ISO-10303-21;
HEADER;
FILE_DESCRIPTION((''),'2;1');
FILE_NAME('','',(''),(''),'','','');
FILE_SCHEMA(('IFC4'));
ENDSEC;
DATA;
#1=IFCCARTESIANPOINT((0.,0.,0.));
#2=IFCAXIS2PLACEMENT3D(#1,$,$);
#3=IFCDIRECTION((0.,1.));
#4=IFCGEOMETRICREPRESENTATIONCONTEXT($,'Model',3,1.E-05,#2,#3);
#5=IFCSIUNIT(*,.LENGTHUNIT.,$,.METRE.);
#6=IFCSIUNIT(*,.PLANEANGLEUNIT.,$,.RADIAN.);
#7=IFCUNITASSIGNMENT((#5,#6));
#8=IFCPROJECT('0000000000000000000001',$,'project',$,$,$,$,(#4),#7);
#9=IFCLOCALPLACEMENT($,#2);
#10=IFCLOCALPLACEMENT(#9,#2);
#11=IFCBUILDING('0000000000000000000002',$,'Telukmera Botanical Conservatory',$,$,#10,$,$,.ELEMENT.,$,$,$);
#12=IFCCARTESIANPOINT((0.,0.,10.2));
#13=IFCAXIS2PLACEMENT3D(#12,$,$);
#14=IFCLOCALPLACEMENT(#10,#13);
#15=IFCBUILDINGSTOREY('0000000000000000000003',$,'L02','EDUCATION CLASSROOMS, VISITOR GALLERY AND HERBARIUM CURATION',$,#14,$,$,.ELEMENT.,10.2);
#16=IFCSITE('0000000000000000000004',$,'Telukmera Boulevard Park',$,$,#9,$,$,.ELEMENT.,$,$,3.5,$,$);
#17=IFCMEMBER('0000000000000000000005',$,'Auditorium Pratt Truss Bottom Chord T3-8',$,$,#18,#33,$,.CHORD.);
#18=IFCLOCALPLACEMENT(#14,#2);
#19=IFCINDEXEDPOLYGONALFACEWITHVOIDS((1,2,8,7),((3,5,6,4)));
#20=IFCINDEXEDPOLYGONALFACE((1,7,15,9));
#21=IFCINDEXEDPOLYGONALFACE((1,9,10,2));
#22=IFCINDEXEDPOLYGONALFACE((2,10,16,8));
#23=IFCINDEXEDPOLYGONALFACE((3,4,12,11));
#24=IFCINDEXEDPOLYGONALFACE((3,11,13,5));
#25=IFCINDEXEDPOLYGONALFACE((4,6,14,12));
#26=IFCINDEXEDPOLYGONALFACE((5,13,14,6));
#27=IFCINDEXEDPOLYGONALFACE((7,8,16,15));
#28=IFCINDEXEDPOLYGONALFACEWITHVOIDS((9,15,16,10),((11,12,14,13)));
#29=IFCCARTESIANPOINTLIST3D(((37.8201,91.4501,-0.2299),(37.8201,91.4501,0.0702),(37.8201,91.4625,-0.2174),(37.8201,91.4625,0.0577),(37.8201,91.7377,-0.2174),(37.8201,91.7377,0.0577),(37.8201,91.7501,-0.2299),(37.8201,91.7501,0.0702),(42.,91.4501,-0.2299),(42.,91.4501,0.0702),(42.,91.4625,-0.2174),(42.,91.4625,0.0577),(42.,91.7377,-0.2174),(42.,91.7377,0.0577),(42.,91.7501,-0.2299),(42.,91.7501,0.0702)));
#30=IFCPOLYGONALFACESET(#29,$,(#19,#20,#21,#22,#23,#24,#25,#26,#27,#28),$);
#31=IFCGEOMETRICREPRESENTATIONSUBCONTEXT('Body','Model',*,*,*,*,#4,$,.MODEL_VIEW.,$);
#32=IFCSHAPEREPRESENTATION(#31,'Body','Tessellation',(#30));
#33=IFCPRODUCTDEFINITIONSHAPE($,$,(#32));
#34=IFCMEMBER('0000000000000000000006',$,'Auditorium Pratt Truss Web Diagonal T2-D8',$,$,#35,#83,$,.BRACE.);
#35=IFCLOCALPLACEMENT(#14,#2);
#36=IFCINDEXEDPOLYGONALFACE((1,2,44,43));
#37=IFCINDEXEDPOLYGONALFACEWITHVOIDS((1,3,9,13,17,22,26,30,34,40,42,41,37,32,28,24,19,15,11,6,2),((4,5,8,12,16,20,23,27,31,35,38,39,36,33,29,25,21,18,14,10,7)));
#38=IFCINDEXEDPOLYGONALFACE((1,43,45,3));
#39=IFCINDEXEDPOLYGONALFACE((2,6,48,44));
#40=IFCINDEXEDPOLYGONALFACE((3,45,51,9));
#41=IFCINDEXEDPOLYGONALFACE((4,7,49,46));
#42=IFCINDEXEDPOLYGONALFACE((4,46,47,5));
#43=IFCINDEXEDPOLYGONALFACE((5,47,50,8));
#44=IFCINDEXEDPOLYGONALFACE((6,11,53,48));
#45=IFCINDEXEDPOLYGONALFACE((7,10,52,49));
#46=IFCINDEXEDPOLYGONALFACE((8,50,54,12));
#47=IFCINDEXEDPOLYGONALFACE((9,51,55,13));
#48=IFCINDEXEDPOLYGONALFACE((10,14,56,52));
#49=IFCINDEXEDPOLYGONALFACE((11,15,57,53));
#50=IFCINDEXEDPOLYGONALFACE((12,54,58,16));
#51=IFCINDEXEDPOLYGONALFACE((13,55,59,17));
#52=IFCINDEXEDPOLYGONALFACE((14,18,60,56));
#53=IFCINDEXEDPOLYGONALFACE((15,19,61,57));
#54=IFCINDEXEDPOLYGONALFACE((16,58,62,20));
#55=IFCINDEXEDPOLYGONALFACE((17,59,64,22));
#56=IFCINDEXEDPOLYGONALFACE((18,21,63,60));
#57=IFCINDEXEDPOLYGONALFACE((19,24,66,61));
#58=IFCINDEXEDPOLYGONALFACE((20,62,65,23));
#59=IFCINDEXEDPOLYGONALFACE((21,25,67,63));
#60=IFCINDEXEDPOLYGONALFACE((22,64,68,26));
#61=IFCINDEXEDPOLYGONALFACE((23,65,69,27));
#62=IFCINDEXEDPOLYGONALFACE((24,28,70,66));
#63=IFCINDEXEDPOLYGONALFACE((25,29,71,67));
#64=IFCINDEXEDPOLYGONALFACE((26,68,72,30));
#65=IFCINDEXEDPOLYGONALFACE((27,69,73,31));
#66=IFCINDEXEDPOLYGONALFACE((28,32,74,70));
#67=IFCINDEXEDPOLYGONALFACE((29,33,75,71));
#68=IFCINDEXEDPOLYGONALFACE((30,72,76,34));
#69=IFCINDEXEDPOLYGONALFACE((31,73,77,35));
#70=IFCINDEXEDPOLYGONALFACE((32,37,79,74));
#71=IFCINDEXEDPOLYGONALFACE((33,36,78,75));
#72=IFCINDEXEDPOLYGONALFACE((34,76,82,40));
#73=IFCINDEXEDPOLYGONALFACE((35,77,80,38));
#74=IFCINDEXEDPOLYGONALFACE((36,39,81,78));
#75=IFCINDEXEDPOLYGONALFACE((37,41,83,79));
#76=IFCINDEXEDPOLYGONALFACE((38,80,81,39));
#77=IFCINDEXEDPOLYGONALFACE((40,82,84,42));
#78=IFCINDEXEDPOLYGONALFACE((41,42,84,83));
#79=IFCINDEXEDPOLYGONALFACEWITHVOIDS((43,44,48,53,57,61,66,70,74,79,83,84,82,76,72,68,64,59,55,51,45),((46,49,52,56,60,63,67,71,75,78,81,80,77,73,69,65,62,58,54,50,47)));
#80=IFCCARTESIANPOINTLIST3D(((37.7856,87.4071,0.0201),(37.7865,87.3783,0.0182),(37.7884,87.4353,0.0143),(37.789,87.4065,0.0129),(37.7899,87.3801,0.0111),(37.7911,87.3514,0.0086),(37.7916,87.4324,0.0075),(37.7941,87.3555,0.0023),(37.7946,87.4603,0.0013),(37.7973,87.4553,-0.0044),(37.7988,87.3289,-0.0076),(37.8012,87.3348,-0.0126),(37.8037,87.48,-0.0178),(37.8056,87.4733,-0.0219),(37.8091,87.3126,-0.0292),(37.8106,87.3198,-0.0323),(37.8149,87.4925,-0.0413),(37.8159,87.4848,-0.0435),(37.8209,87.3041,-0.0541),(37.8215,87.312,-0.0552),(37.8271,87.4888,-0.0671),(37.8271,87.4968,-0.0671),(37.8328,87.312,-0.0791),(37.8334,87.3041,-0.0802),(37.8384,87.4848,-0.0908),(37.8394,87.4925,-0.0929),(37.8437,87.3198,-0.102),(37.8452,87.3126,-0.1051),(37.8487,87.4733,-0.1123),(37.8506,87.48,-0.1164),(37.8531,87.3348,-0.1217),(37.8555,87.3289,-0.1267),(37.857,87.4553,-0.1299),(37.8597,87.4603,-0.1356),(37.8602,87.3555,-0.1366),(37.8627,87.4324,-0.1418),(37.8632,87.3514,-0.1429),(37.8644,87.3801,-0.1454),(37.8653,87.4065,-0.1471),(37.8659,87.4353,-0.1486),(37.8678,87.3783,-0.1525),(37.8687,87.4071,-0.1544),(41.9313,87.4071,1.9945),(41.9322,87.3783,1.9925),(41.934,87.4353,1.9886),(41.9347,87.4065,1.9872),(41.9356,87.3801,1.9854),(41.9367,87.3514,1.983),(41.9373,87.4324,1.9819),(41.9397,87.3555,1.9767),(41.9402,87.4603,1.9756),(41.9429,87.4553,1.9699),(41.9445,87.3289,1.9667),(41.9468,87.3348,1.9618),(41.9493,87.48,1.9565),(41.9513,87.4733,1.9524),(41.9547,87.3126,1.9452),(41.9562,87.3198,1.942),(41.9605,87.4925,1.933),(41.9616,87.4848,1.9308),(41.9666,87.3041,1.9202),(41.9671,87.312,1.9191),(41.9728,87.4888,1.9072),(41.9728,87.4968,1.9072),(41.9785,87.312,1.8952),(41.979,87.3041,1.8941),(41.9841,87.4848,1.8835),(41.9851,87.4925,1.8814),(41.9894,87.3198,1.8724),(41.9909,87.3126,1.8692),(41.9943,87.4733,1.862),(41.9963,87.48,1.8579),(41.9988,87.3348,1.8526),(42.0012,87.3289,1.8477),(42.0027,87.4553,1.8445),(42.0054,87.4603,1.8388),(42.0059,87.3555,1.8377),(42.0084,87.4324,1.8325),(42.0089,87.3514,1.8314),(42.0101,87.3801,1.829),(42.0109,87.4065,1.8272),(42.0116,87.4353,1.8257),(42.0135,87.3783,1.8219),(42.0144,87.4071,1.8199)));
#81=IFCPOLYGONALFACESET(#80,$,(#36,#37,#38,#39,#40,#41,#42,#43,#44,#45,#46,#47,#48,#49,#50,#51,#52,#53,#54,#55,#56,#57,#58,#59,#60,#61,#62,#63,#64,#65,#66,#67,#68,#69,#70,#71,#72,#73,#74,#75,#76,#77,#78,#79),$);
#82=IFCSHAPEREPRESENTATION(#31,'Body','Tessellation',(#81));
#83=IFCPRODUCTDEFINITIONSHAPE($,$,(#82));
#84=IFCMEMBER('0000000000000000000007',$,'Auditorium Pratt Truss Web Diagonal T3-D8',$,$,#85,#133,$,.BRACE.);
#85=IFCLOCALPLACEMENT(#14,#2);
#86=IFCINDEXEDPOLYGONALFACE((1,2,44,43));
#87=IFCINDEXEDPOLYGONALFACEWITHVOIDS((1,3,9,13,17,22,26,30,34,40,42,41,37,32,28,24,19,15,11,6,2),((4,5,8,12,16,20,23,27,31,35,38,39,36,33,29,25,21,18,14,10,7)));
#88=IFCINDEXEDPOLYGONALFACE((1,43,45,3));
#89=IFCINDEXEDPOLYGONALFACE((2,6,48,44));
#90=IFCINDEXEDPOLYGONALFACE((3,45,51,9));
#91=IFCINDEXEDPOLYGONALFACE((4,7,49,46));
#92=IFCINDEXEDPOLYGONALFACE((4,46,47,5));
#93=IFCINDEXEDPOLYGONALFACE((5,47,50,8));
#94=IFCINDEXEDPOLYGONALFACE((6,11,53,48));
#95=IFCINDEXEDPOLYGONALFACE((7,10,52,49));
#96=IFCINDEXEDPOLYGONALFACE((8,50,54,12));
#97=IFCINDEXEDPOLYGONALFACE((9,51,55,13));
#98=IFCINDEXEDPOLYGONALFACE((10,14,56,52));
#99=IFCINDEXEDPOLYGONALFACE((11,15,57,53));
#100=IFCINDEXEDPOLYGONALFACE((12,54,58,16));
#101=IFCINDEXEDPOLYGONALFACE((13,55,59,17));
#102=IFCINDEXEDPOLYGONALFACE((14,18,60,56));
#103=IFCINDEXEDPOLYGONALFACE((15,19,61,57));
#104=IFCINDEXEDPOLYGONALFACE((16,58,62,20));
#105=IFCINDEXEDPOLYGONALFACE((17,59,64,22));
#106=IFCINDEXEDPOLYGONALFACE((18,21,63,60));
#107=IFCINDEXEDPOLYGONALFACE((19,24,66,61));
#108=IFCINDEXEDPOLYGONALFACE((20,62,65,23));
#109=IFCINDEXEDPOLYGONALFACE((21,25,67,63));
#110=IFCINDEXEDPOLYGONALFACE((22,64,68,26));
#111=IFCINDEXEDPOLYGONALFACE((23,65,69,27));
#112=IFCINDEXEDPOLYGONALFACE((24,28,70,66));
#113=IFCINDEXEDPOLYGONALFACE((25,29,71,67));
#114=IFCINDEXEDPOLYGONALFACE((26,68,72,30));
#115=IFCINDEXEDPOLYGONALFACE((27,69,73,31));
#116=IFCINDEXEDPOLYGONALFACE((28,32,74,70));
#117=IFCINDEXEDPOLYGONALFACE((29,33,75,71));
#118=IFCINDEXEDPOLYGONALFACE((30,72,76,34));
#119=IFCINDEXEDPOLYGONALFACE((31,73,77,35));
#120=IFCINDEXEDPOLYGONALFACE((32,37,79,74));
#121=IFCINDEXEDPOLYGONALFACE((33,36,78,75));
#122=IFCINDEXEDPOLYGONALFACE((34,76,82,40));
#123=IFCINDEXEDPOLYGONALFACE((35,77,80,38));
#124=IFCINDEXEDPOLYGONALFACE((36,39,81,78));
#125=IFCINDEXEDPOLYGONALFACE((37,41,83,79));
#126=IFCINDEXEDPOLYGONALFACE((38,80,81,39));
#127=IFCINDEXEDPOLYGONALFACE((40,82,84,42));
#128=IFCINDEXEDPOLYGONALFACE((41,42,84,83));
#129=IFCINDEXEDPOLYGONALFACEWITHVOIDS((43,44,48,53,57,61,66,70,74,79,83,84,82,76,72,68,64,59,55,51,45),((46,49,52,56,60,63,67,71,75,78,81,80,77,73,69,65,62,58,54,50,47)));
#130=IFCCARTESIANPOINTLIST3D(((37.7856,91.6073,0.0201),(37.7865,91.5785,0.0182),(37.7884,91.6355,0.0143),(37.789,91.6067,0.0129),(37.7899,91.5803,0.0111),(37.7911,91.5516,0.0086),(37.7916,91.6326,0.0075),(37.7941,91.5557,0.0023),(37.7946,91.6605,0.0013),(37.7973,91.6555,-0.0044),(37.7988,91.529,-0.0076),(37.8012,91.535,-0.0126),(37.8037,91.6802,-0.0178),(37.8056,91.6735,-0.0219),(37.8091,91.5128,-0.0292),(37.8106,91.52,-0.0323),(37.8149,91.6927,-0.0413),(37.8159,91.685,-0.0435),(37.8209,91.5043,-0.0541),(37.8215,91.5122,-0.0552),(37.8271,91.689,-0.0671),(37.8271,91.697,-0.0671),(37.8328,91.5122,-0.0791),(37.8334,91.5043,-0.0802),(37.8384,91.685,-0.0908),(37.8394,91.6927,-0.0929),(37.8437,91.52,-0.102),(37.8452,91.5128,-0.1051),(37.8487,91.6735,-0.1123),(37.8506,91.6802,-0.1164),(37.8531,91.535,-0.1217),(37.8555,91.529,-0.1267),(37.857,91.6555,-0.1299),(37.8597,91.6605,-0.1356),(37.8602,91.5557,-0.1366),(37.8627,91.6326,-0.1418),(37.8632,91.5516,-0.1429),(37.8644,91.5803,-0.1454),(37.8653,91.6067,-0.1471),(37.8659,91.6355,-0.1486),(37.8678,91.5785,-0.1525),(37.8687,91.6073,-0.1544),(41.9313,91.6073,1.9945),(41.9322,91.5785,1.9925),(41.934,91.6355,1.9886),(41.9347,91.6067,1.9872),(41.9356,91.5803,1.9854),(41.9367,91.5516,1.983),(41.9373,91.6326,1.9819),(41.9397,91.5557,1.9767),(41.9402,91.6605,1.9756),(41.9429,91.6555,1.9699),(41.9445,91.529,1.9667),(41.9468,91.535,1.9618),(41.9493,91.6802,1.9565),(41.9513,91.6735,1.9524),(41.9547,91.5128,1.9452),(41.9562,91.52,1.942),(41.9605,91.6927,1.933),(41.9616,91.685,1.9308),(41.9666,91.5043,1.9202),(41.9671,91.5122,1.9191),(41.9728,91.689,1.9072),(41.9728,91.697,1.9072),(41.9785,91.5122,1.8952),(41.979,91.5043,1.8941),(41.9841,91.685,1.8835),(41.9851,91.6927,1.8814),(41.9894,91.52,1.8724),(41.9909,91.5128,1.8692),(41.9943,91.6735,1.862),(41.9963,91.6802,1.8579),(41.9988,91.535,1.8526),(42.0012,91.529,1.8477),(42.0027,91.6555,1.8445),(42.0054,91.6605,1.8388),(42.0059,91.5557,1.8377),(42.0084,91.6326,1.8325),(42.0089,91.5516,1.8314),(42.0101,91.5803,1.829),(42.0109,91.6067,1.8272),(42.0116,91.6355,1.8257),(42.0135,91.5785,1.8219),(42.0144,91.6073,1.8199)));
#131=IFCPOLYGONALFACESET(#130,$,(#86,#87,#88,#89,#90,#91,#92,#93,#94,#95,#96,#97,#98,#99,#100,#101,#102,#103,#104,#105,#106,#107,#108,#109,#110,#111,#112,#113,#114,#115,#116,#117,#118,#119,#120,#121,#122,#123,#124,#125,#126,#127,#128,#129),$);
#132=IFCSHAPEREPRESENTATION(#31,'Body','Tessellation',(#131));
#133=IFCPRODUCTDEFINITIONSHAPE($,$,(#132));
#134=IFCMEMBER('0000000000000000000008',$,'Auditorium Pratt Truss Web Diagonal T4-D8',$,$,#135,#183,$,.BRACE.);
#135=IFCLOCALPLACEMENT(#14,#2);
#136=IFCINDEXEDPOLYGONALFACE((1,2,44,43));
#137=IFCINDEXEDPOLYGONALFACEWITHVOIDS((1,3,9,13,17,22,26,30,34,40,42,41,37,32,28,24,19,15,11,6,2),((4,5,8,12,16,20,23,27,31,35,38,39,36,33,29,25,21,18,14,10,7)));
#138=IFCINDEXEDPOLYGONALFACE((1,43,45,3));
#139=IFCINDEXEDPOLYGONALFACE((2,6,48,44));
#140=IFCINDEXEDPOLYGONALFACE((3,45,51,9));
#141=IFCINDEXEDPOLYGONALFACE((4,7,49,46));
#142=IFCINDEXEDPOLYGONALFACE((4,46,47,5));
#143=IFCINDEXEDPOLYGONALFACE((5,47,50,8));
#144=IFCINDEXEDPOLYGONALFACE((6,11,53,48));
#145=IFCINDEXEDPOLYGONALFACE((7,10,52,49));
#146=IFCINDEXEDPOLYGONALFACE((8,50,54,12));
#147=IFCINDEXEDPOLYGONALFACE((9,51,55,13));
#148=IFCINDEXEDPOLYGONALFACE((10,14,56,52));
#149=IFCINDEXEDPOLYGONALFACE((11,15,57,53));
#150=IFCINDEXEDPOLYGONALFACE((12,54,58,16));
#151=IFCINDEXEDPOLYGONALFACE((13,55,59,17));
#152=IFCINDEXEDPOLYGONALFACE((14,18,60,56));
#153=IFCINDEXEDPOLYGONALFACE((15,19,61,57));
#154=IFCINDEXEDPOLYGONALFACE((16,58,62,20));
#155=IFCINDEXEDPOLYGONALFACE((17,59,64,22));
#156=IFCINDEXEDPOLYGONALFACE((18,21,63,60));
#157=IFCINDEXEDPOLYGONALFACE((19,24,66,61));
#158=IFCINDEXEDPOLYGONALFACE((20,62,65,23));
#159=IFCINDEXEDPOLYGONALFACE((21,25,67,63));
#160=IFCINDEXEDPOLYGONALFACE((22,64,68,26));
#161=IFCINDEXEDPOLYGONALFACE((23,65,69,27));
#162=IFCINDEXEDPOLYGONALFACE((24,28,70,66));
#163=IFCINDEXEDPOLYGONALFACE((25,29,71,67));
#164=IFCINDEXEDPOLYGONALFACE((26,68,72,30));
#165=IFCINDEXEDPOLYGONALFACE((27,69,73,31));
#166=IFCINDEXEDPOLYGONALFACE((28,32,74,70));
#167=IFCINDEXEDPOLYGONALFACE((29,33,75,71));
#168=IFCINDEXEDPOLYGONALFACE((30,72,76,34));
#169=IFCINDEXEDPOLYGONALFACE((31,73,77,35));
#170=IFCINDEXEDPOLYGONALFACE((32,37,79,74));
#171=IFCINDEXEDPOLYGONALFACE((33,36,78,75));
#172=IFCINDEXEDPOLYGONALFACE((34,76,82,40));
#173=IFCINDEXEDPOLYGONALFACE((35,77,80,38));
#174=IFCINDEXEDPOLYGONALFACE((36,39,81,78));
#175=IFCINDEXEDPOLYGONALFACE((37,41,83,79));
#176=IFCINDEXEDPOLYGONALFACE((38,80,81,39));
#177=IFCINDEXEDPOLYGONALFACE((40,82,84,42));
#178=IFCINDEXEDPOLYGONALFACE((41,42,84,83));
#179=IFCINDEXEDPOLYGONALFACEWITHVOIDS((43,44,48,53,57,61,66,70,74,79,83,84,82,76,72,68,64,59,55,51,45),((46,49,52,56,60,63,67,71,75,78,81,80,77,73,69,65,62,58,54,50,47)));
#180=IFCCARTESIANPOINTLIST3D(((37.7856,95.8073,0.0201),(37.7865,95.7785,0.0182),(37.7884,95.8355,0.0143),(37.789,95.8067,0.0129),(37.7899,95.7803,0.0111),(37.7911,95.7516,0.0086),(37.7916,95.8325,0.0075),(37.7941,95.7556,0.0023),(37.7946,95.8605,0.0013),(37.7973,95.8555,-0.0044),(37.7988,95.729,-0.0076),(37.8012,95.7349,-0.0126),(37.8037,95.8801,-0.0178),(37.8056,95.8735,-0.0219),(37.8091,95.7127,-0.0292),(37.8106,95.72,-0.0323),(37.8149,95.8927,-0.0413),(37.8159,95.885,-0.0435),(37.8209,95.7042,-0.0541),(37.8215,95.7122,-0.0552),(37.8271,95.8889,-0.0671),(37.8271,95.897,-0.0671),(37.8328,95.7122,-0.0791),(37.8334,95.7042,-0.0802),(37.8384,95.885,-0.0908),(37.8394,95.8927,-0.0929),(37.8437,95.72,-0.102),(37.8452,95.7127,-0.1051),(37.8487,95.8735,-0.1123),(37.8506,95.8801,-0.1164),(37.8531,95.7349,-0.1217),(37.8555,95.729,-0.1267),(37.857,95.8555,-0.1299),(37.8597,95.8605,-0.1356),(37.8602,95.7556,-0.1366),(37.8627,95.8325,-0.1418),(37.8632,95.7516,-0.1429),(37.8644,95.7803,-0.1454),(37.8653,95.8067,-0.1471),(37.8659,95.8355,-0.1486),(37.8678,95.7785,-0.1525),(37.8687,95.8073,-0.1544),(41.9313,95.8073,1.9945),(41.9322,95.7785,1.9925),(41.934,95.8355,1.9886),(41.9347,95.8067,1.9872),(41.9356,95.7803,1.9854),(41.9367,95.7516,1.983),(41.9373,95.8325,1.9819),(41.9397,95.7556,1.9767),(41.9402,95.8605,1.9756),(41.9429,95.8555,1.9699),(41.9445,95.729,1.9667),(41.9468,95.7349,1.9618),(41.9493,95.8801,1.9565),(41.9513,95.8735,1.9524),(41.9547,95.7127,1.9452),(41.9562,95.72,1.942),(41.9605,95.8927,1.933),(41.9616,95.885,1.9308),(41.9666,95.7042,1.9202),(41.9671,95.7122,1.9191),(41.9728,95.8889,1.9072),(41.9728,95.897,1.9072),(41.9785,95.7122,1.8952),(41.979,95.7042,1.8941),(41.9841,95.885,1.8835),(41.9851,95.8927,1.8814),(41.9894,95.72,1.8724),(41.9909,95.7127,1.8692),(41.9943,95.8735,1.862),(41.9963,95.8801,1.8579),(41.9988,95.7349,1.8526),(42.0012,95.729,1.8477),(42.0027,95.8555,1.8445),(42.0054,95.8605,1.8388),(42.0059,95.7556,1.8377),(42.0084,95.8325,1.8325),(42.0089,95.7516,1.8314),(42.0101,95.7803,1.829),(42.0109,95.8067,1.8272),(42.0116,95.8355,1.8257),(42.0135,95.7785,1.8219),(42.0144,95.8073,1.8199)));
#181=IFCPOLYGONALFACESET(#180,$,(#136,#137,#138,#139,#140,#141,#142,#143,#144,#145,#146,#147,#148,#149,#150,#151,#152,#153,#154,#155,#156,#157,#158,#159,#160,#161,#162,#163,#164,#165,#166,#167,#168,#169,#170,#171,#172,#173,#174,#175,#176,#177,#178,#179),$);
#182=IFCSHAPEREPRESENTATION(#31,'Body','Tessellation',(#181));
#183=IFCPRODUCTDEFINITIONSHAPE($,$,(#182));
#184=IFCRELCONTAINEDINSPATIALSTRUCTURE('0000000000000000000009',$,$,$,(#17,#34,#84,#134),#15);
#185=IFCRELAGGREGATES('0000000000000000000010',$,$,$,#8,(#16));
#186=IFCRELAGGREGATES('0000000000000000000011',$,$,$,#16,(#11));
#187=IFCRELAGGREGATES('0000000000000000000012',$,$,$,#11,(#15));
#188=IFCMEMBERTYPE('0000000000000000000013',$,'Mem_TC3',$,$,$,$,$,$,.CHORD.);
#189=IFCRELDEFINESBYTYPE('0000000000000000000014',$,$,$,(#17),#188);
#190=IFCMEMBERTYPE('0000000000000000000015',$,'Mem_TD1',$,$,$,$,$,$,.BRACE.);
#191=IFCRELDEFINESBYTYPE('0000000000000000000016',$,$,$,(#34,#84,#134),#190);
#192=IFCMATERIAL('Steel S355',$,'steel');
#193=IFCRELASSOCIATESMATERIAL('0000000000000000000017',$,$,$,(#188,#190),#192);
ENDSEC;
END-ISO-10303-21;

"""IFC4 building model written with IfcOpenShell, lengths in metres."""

from ifc_helpers import new_model, si_unit, direction, frame, origin, origin_2d, place, context, subcontext, project, spatial, hollow_rectangle, hollow_circle, extrude, material, material_profile, profile_set, type_object, element, save


model = new_model("IFC4")

# Units and contexts
model_context = context("Model", 3, precision=1e-05, world=origin(), true_north=direction((0.0, 1.0)))
body_context = subcontext(model_context, "Body", "Model", "MODEL_VIEW")
ifc_project = project(units=[si_unit("LENGTHUNIT", "METRE"), si_unit("PLANEANGLEUNIT", "RADIAN")], contexts=[model_context])

# Site, building, storey
site_placement = place(None, origin())
site = spatial("IfcSite", under=ifc_project, at=site_placement, Name="Telukmera Boulevard Park", CompositionType="ELEMENT", RefElevation=3.5)
building_placement = place(site_placement, origin())
building = spatial("IfcBuilding", under=site, at=building_placement, Name="Telukmera Botanical Conservatory", CompositionType="ELEMENT")
storey_placement = place(building_placement, frame((0.0, 0.0, 10.2)))
storey = spatial("IfcBuildingStorey", under=building, at=storey_placement, Name="L02", Description="EDUCATION CLASSROOMS, VISITOR GALLERY AND HERBARIUM CURATION", CompositionType="ELEMENT", Elevation=10.2)

# Members
ifc_material_1 = material(Name="Steel S355", Category="steel")
ifc_material_profile_1 = material_profile(ifc_material_1, hollow_rectangle(XDim=0.3, YDim=0.3, WallThickness=0.0125, at=origin_2d()), Name="SHS 300x300x12.5")
ifc_profile_set_1 = profile_set([ifc_material_profile_1], Name="Steel S355")
member_type_1 = type_object("IfcMemberType", Name="Mem_TC3", PredefinedType="CHORD", material=ifc_profile_set_1)
member_1_placement = place(storey_placement, frame((37.8201, 91.6001, -0.0798), z_axis=(1.0, 0.0, 0.0), x_axis=(0.0, 1.0, 0.0)))
element("IfcMember", 1, at=member_1_placement, inside=storey, type_object=member_type_1, Name="Auditorium Pratt Truss Bottom Chord T3-8", PredefinedType="CHORD", context=body_context, shape_type="SweptSolid", body=[
    extrude(hollow_rectangle(XDim=0.3, YDim=0.3, WallThickness=0.0125, at=origin_2d()), origin(), (0.0, 0.0, 1.0), 4.1799),
])
ifc_material_profile_2 = material_profile(ifc_material_1, hollow_circle(Radius=0.0969, WallThickness=0.0081, at=origin_2d()), Name="CHS 193.7x8.0")
ifc_profile_set_2 = profile_set([ifc_material_profile_2], Name="Steel S355")
member_type_2 = type_object("IfcMemberType", Name="Mem_TD1", PredefinedType="BRACE", material=ifc_profile_set_2)
for number, where, z_axis, x_axis, name in (
    (2, (37.8271, 87.3999, -0.0671), (0.902844, 0.0, 0.429969), (0.0, 1.0, 0.0), "Auditorium Pratt Truss Web Diagonal T2-D8"),
    (3, (37.8271, 91.6001, -0.0671), (0.902844, 0.0, 0.429969), (0.0, 1.0, 0.0), "Auditorium Pratt Truss Web Diagonal T3-D8"),
    (4, (37.8271, 95.8, -0.0671), (0.902844, 0.0, 0.429969), (0.0, 1.0, 0.0), "Auditorium Pratt Truss Web Diagonal T4-D8"),
):
    element("IfcMember", number, at=place(storey_placement, frame(where, z_axis=z_axis, x_axis=x_axis)), inside=storey, type_object=member_type_2, Name=name, PredefinedType="BRACE", context=body_context, shape_type="SweptSolid", body=[
        extrude(hollow_circle(Radius=0.0969, WallThickness=0.0081, at=origin_2d()), origin(), (0.0, 0.0, 1.0), 4.5918),
    ])

save(model, "model.ifc")
